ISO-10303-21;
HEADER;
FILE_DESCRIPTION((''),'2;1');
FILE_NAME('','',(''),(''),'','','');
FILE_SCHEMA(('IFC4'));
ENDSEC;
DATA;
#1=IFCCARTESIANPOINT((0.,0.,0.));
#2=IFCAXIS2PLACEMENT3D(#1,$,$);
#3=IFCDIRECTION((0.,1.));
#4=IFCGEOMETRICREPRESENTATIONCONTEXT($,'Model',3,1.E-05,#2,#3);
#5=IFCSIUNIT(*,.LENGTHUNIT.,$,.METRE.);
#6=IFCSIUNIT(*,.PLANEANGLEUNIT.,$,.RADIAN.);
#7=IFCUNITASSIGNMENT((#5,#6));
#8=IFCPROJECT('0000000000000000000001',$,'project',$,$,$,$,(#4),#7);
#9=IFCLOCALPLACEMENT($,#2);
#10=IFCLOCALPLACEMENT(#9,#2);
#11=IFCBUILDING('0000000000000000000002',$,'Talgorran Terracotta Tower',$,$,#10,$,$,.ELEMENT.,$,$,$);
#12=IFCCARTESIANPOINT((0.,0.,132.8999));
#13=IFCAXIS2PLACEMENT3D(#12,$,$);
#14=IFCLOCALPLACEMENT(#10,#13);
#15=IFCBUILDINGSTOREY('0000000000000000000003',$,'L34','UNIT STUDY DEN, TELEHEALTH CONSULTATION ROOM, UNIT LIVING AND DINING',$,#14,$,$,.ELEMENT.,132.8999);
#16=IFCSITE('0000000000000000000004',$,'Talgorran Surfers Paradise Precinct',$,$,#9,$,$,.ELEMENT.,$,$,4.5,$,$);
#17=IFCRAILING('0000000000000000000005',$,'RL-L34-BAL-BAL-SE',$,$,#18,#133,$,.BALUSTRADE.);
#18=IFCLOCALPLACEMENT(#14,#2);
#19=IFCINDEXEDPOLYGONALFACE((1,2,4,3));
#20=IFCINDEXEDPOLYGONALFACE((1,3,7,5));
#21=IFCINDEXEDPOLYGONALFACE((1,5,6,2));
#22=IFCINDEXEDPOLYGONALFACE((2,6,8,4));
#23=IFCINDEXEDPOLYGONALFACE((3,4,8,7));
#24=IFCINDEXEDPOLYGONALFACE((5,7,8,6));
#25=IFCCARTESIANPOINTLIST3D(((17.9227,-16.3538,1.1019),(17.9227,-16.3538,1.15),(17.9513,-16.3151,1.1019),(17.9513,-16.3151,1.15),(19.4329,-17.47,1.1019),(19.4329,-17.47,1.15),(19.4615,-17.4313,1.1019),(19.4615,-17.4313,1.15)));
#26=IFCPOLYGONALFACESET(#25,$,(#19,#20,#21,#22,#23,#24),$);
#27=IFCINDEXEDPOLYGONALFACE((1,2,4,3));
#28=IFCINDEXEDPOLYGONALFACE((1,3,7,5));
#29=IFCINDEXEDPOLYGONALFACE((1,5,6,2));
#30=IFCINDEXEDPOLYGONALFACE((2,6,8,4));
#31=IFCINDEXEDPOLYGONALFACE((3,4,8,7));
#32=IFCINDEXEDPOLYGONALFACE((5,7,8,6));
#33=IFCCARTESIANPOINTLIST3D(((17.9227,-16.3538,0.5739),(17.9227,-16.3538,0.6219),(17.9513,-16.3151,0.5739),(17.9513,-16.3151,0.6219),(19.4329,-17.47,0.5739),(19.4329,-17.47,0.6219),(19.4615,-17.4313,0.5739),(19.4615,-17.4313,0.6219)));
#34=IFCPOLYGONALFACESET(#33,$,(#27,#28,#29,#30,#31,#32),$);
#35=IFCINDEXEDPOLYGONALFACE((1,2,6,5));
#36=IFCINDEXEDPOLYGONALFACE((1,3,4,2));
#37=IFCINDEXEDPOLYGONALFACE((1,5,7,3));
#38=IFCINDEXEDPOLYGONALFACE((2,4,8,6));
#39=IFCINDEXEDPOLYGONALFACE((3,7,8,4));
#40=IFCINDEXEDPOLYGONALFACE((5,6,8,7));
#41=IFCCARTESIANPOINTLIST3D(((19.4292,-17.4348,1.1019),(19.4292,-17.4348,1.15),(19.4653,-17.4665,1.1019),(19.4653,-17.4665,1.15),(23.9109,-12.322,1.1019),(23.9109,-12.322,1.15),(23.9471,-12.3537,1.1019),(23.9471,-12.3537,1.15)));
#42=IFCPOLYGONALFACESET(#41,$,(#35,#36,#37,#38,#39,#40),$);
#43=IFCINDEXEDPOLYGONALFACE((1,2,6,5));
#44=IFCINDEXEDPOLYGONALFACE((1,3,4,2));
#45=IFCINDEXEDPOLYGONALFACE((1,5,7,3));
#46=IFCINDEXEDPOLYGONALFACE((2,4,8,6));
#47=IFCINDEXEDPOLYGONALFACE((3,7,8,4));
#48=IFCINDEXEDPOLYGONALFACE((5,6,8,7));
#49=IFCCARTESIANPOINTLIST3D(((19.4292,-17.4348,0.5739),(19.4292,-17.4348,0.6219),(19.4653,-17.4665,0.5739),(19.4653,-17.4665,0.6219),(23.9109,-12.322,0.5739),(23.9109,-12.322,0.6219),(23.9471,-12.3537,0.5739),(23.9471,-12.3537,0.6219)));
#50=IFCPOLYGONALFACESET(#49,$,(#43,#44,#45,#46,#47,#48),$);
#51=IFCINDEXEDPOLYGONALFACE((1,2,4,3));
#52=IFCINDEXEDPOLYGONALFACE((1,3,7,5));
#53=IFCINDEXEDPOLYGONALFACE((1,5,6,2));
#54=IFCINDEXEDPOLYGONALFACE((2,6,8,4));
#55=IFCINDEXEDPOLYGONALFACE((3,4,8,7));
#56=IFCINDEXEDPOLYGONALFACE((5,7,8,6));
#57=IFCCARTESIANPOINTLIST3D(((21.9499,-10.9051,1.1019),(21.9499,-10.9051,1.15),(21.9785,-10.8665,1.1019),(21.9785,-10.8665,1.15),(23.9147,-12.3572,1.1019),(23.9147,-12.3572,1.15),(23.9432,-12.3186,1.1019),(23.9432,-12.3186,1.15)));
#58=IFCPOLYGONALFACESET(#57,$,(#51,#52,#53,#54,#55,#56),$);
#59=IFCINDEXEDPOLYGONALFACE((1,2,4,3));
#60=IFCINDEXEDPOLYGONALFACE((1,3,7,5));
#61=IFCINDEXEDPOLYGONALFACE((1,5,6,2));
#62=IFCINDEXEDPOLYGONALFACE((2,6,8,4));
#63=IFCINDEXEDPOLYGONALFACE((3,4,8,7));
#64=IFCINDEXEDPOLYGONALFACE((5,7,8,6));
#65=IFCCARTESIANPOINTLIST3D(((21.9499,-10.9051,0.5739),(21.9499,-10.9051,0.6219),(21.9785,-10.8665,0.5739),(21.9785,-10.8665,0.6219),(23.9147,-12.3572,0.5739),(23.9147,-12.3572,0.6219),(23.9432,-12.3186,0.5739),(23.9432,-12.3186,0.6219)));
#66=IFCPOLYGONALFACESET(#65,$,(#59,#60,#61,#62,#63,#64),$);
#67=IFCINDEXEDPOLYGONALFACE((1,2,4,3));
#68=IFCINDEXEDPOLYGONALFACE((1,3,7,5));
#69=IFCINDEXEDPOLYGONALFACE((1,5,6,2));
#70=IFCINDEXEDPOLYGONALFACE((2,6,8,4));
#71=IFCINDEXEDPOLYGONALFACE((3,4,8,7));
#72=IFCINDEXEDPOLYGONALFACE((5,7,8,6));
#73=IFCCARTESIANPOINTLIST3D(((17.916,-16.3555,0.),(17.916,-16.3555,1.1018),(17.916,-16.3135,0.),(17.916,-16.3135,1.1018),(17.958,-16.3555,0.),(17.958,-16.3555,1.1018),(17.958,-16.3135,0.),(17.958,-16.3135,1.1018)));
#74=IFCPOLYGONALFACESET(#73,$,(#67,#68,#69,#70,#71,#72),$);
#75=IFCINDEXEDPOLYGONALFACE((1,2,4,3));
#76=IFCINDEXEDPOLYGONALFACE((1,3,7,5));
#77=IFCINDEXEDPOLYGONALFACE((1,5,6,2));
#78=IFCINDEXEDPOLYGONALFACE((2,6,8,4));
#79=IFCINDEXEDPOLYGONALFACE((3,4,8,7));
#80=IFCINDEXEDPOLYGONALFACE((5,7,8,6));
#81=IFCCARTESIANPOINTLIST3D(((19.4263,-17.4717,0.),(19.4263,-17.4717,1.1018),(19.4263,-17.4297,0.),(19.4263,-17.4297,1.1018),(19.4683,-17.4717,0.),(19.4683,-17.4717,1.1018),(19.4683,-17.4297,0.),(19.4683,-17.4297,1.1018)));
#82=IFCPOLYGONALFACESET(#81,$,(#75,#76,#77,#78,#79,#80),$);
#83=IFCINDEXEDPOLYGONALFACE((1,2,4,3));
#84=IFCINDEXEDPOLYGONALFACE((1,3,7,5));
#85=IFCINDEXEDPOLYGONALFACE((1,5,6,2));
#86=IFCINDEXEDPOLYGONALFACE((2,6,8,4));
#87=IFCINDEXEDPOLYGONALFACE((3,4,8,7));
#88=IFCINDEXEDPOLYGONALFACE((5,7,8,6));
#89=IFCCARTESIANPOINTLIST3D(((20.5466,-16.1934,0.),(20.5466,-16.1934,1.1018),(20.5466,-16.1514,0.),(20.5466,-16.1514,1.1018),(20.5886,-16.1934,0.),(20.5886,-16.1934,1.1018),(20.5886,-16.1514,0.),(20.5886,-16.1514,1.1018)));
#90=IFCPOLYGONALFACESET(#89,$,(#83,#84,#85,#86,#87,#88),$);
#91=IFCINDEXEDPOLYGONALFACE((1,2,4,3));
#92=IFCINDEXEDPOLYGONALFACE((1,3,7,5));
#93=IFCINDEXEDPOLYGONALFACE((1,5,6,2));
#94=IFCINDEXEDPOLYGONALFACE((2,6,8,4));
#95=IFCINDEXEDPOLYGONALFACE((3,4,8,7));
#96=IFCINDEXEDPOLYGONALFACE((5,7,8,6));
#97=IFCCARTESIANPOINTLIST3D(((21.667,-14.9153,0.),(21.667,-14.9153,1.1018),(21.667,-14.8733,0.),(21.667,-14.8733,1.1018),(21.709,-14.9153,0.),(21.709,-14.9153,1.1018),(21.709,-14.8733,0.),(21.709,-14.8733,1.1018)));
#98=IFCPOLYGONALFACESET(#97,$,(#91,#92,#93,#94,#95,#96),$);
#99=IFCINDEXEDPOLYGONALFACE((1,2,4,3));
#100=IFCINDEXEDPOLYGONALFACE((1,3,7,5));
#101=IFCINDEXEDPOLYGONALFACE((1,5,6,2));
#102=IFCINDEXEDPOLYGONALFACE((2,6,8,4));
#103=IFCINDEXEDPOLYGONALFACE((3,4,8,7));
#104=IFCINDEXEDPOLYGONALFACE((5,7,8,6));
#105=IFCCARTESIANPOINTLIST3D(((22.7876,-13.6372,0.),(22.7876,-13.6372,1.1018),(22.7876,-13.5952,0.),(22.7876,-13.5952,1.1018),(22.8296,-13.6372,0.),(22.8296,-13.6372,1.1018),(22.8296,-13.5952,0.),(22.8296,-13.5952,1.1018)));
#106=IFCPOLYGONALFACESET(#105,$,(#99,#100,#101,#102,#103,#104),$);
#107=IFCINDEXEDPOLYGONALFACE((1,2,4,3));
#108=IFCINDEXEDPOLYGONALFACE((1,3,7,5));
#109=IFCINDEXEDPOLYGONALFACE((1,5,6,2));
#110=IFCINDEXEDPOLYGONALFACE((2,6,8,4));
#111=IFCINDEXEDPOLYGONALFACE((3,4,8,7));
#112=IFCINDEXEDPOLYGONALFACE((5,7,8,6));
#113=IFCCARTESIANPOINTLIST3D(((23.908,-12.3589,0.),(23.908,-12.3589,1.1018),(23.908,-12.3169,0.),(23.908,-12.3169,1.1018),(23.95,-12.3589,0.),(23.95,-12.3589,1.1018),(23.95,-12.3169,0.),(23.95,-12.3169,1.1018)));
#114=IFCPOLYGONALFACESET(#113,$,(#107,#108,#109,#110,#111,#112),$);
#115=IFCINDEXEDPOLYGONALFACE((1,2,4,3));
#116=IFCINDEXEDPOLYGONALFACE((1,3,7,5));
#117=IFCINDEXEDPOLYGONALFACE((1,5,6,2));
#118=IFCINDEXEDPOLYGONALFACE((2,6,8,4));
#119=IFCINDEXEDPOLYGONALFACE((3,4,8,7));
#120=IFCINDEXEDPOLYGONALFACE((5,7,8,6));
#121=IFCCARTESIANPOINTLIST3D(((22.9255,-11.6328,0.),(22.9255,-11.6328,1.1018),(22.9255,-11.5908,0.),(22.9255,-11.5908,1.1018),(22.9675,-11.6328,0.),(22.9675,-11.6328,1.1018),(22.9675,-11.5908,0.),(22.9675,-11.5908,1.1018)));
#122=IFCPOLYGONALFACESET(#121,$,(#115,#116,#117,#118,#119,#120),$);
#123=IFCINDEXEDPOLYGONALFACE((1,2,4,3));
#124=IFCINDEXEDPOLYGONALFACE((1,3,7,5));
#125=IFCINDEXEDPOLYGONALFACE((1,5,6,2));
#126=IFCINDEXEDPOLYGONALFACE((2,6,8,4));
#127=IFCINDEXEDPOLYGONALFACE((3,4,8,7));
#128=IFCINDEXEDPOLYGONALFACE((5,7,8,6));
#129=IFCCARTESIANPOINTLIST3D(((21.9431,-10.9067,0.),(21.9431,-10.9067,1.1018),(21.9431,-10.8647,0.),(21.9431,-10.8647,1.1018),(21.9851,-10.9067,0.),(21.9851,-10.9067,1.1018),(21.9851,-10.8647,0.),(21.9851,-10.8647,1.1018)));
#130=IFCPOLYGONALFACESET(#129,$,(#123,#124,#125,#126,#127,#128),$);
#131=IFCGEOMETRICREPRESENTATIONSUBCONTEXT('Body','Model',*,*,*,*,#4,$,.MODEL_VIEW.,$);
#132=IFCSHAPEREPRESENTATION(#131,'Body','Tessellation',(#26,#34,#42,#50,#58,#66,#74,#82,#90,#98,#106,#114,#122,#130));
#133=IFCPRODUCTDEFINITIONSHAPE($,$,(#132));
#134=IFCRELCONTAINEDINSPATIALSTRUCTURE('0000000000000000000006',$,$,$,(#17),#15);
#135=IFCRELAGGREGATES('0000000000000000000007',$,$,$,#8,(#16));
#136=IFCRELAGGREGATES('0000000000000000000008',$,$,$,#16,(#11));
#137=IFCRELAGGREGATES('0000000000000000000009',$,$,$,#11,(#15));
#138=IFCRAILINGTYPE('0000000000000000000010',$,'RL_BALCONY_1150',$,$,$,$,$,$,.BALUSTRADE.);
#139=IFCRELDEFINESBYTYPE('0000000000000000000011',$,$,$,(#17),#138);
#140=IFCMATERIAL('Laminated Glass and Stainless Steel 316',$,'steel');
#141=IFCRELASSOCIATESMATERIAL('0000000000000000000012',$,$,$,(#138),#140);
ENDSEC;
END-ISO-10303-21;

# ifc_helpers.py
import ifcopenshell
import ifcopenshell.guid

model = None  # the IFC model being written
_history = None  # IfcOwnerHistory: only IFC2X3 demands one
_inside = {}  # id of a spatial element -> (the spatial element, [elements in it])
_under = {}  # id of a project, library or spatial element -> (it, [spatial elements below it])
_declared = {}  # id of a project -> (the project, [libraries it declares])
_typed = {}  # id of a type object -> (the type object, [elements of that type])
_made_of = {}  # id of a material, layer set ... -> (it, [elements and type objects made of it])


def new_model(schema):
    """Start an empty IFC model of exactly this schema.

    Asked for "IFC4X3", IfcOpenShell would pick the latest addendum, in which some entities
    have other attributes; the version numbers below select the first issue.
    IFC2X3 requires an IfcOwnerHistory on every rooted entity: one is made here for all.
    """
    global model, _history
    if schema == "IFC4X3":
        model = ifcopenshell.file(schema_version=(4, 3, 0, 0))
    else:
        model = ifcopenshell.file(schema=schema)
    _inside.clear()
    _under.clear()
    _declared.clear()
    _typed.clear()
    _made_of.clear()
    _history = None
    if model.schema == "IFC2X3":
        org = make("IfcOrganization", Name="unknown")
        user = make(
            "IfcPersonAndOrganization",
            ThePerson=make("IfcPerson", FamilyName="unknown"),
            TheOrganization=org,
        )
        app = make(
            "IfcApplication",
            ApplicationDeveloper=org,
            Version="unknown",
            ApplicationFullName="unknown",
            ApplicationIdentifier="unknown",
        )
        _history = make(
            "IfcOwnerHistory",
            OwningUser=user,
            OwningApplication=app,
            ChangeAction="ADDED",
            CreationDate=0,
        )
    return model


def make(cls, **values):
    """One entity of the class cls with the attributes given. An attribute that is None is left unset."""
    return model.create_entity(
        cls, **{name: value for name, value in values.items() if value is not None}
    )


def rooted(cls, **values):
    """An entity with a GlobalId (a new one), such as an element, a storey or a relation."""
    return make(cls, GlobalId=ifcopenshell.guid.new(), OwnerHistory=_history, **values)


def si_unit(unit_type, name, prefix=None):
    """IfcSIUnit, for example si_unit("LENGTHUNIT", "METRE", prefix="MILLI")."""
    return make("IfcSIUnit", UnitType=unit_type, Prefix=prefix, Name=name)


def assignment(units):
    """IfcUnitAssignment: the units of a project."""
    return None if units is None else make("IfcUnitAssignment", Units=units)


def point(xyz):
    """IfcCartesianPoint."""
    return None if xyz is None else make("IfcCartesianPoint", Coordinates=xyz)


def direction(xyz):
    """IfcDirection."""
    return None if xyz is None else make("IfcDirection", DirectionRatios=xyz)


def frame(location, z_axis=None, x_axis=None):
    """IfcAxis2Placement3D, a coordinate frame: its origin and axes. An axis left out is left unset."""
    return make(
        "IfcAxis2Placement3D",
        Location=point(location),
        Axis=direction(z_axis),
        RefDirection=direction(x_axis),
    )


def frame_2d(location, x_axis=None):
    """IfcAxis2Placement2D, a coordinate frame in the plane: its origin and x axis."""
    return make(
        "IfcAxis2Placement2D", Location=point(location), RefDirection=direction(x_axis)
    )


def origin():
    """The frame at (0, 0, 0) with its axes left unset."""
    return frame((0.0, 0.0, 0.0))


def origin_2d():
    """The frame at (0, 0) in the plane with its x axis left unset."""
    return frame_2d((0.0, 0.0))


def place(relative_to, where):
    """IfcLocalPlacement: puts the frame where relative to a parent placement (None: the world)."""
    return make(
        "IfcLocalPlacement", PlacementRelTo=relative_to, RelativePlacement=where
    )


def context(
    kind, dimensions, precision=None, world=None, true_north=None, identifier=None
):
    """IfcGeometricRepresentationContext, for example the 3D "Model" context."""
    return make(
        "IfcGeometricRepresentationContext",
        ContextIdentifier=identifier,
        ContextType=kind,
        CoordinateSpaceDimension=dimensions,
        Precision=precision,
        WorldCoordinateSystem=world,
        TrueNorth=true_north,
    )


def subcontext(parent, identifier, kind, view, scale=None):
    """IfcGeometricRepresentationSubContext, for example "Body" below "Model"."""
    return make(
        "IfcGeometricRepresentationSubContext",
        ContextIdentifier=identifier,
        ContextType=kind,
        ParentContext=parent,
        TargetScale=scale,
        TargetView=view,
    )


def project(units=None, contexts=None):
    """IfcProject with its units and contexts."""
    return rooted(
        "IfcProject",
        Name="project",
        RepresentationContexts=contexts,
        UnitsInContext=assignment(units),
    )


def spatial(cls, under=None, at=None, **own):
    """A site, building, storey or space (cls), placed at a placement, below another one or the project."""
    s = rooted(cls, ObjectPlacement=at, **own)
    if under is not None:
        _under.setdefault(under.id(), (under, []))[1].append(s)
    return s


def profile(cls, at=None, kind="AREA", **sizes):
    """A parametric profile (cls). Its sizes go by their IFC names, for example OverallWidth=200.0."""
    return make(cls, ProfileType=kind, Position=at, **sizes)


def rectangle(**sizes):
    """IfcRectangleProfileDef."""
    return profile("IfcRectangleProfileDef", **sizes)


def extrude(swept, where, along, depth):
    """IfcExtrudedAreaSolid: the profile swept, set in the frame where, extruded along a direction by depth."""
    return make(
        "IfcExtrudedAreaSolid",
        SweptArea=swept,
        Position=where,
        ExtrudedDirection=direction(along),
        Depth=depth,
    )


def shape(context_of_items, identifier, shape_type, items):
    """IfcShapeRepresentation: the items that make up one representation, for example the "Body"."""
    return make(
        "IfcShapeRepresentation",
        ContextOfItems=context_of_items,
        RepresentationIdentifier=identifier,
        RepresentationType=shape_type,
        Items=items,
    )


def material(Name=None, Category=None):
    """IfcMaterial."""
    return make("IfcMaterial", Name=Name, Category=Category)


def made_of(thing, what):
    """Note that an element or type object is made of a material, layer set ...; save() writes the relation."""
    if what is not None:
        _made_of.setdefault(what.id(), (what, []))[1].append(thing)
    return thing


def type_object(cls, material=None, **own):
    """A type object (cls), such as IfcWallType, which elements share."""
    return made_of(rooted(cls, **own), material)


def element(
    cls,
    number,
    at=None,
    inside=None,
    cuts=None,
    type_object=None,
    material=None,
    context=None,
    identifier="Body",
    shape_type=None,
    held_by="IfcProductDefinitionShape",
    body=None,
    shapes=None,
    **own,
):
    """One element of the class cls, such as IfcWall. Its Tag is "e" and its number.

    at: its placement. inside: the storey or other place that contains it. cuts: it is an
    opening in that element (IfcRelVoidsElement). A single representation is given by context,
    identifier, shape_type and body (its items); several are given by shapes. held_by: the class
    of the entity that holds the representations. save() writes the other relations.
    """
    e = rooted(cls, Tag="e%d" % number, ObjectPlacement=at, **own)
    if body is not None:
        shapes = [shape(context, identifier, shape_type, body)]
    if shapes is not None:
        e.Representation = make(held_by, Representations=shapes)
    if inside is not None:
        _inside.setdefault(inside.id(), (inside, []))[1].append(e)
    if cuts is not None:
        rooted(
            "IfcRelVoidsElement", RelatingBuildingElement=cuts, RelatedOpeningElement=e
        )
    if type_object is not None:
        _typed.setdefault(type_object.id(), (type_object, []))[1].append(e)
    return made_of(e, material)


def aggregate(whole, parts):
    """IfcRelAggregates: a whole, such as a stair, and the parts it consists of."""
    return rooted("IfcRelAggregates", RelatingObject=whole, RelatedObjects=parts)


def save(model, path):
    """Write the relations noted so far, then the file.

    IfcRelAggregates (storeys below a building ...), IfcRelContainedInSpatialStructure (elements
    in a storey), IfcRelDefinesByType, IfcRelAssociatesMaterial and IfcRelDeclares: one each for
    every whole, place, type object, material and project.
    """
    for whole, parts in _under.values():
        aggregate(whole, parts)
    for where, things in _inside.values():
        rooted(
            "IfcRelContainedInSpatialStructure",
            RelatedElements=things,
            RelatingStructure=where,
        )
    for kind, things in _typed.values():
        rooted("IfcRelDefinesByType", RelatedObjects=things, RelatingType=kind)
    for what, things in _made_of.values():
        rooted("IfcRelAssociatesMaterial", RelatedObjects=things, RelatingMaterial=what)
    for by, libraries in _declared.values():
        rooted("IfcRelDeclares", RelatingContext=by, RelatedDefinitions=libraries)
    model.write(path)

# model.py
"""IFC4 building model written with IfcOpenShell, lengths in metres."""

from ifc_helpers import new_model, si_unit, direction, frame, origin, origin_2d, place, context, subcontext, project, spatial, rectangle, extrude, material, type_object, element, save


model = new_model("IFC4")

# Units and contexts
model_context = context("Model", 3, precision=1e-05, world=origin(), true_north=direction((0.0, 1.0)))
body_context = subcontext(model_context, "Body", "Model", "MODEL_VIEW")
ifc_project = project(units=[si_unit("LENGTHUNIT", "METRE"), si_unit("PLANEANGLEUNIT", "RADIAN")], contexts=[model_context])

# Site, building, storey
site_placement = place(None, origin())
site = spatial("IfcSite", under=ifc_project, at=site_placement, Name="Talgorran Surfers Paradise Precinct", CompositionType="ELEMENT", RefElevation=4.5)
building_placement = place(site_placement, origin())
building = spatial("IfcBuilding", under=site, at=building_placement, Name="Talgorran Terracotta Tower", CompositionType="ELEMENT")
storey_placement = place(building_placement, frame((0.0, 0.0, 132.8999)))
storey = spatial("IfcBuildingStorey", under=building, at=storey_placement, Name="L34", Description="UNIT STUDY DEN, TELEHEALTH CONSULTATION ROOM, UNIT LIVING AND DINING", CompositionType="ELEMENT", Elevation=132.8999)

# Railing
ifc_material_1 = material(Name="Laminated Glass and Stainless Steel 316", Category="steel")
railing_type = type_object("IfcRailingType", Name="RL_BALCONY_1150", PredefinedType="BALUSTRADE", material=ifc_material_1)
railing_placement = place(storey_placement, frame((17.937, -16.3345, 0.0)))
element("IfcRailing", 1, at=railing_placement, inside=storey, type_object=railing_type, Name="RL-L34-BAL-BAL-SE", PredefinedType="BALUSTRADE", context=body_context, shape_type="SweptSolid", body=[
    extrude(rectangle(XDim=0.0481, YDim=0.0481, at=origin_2d()), frame((0.0, 0.0, 1.126), z_axis=(0.804192, -0.594369, 0.0), x_axis=(0.594369, 0.804192, 0.0)), (0.0, 0.0, 1.0), 1.8779),
    extrude(rectangle(XDim=0.0481, YDim=0.0481, at=origin_2d()), frame((0.0, 0.0, 0.5979), z_axis=(0.804192, -0.594369, 0.0), x_axis=(0.594369, 0.804192, 0.0)), (0.0, 0.0, 1.0), 1.8779),
    extrude(rectangle(XDim=0.0481, YDim=0.0481, at=origin_2d()), frame((1.5103, -1.1162, 1.126), z_axis=(0.65917, 0.751994, 0.0), x_axis=(-0.751994, 0.65917, 0.0)), (0.0, 0.0, 1.0), 6.7991),
    extrude(rectangle(XDim=0.0481, YDim=0.0481, at=origin_2d()), frame((1.5103, -1.1162, 0.5979), z_axis=(0.65917, 0.751994, 0.0), x_axis=(-0.751994, 0.65917, 0.0)), (0.0, 0.0, 1.0), 6.7991),
    extrude(rectangle(XDim=0.0481, YDim=0.0481, at=origin_2d()), frame((5.9919, 3.9966, 1.126), z_axis=(-0.804201, 0.594357, 0.0), x_axis=(-0.594357, -0.804201, 0.0)), (0.0, 0.0, 1.0), 2.4431),
    extrude(rectangle(XDim=0.0481, YDim=0.0481, at=origin_2d()), frame((5.9919, 3.9966, 0.5979), z_axis=(-0.804201, 0.594357, 0.0), x_axis=(-0.594357, -0.804201, 0.0)), (0.0, 0.0, 1.0), 2.4431),
    extrude(rectangle(XDim=0.042, YDim=0.042, at=origin_2d()), origin(), (0.0, 0.0, 1.0), 1.1018),
    extrude(rectangle(XDim=0.042, YDim=0.042, at=origin_2d()), frame((1.5103, -1.1162, 0.0)), (0.0, 0.0, 1.0), 1.1018),
    extrude(rectangle(XDim=0.042, YDim=0.042, at=origin_2d()), frame((2.6306, 0.1621, 0.0)), (0.0, 0.0, 1.0), 1.1018),
    extrude(rectangle(XDim=0.042, YDim=0.042, at=origin_2d()), frame((3.751, 1.4402, 0.0)), (0.0, 0.0, 1.0), 1.1018),
    extrude(rectangle(XDim=0.042, YDim=0.042, at=origin_2d()), frame((4.8716, 2.7183, 0.0)), (0.0, 0.0, 1.0), 1.1018),
    extrude(rectangle(XDim=0.042, YDim=0.042, at=origin_2d()), frame((5.9919, 3.9966, 0.0)), (0.0, 0.0, 1.0), 1.1018),
    extrude(rectangle(XDim=0.042, YDim=0.042, at=origin_2d()), frame((5.0095, 4.7227, 0.0)), (0.0, 0.0, 1.0), 1.1018),
    extrude(rectangle(XDim=0.042, YDim=0.042, at=origin_2d()), frame((4.0271, 5.4487, 0.0)), (0.0, 0.0, 1.0), 1.1018),
])

save(model, "model.ifc")
